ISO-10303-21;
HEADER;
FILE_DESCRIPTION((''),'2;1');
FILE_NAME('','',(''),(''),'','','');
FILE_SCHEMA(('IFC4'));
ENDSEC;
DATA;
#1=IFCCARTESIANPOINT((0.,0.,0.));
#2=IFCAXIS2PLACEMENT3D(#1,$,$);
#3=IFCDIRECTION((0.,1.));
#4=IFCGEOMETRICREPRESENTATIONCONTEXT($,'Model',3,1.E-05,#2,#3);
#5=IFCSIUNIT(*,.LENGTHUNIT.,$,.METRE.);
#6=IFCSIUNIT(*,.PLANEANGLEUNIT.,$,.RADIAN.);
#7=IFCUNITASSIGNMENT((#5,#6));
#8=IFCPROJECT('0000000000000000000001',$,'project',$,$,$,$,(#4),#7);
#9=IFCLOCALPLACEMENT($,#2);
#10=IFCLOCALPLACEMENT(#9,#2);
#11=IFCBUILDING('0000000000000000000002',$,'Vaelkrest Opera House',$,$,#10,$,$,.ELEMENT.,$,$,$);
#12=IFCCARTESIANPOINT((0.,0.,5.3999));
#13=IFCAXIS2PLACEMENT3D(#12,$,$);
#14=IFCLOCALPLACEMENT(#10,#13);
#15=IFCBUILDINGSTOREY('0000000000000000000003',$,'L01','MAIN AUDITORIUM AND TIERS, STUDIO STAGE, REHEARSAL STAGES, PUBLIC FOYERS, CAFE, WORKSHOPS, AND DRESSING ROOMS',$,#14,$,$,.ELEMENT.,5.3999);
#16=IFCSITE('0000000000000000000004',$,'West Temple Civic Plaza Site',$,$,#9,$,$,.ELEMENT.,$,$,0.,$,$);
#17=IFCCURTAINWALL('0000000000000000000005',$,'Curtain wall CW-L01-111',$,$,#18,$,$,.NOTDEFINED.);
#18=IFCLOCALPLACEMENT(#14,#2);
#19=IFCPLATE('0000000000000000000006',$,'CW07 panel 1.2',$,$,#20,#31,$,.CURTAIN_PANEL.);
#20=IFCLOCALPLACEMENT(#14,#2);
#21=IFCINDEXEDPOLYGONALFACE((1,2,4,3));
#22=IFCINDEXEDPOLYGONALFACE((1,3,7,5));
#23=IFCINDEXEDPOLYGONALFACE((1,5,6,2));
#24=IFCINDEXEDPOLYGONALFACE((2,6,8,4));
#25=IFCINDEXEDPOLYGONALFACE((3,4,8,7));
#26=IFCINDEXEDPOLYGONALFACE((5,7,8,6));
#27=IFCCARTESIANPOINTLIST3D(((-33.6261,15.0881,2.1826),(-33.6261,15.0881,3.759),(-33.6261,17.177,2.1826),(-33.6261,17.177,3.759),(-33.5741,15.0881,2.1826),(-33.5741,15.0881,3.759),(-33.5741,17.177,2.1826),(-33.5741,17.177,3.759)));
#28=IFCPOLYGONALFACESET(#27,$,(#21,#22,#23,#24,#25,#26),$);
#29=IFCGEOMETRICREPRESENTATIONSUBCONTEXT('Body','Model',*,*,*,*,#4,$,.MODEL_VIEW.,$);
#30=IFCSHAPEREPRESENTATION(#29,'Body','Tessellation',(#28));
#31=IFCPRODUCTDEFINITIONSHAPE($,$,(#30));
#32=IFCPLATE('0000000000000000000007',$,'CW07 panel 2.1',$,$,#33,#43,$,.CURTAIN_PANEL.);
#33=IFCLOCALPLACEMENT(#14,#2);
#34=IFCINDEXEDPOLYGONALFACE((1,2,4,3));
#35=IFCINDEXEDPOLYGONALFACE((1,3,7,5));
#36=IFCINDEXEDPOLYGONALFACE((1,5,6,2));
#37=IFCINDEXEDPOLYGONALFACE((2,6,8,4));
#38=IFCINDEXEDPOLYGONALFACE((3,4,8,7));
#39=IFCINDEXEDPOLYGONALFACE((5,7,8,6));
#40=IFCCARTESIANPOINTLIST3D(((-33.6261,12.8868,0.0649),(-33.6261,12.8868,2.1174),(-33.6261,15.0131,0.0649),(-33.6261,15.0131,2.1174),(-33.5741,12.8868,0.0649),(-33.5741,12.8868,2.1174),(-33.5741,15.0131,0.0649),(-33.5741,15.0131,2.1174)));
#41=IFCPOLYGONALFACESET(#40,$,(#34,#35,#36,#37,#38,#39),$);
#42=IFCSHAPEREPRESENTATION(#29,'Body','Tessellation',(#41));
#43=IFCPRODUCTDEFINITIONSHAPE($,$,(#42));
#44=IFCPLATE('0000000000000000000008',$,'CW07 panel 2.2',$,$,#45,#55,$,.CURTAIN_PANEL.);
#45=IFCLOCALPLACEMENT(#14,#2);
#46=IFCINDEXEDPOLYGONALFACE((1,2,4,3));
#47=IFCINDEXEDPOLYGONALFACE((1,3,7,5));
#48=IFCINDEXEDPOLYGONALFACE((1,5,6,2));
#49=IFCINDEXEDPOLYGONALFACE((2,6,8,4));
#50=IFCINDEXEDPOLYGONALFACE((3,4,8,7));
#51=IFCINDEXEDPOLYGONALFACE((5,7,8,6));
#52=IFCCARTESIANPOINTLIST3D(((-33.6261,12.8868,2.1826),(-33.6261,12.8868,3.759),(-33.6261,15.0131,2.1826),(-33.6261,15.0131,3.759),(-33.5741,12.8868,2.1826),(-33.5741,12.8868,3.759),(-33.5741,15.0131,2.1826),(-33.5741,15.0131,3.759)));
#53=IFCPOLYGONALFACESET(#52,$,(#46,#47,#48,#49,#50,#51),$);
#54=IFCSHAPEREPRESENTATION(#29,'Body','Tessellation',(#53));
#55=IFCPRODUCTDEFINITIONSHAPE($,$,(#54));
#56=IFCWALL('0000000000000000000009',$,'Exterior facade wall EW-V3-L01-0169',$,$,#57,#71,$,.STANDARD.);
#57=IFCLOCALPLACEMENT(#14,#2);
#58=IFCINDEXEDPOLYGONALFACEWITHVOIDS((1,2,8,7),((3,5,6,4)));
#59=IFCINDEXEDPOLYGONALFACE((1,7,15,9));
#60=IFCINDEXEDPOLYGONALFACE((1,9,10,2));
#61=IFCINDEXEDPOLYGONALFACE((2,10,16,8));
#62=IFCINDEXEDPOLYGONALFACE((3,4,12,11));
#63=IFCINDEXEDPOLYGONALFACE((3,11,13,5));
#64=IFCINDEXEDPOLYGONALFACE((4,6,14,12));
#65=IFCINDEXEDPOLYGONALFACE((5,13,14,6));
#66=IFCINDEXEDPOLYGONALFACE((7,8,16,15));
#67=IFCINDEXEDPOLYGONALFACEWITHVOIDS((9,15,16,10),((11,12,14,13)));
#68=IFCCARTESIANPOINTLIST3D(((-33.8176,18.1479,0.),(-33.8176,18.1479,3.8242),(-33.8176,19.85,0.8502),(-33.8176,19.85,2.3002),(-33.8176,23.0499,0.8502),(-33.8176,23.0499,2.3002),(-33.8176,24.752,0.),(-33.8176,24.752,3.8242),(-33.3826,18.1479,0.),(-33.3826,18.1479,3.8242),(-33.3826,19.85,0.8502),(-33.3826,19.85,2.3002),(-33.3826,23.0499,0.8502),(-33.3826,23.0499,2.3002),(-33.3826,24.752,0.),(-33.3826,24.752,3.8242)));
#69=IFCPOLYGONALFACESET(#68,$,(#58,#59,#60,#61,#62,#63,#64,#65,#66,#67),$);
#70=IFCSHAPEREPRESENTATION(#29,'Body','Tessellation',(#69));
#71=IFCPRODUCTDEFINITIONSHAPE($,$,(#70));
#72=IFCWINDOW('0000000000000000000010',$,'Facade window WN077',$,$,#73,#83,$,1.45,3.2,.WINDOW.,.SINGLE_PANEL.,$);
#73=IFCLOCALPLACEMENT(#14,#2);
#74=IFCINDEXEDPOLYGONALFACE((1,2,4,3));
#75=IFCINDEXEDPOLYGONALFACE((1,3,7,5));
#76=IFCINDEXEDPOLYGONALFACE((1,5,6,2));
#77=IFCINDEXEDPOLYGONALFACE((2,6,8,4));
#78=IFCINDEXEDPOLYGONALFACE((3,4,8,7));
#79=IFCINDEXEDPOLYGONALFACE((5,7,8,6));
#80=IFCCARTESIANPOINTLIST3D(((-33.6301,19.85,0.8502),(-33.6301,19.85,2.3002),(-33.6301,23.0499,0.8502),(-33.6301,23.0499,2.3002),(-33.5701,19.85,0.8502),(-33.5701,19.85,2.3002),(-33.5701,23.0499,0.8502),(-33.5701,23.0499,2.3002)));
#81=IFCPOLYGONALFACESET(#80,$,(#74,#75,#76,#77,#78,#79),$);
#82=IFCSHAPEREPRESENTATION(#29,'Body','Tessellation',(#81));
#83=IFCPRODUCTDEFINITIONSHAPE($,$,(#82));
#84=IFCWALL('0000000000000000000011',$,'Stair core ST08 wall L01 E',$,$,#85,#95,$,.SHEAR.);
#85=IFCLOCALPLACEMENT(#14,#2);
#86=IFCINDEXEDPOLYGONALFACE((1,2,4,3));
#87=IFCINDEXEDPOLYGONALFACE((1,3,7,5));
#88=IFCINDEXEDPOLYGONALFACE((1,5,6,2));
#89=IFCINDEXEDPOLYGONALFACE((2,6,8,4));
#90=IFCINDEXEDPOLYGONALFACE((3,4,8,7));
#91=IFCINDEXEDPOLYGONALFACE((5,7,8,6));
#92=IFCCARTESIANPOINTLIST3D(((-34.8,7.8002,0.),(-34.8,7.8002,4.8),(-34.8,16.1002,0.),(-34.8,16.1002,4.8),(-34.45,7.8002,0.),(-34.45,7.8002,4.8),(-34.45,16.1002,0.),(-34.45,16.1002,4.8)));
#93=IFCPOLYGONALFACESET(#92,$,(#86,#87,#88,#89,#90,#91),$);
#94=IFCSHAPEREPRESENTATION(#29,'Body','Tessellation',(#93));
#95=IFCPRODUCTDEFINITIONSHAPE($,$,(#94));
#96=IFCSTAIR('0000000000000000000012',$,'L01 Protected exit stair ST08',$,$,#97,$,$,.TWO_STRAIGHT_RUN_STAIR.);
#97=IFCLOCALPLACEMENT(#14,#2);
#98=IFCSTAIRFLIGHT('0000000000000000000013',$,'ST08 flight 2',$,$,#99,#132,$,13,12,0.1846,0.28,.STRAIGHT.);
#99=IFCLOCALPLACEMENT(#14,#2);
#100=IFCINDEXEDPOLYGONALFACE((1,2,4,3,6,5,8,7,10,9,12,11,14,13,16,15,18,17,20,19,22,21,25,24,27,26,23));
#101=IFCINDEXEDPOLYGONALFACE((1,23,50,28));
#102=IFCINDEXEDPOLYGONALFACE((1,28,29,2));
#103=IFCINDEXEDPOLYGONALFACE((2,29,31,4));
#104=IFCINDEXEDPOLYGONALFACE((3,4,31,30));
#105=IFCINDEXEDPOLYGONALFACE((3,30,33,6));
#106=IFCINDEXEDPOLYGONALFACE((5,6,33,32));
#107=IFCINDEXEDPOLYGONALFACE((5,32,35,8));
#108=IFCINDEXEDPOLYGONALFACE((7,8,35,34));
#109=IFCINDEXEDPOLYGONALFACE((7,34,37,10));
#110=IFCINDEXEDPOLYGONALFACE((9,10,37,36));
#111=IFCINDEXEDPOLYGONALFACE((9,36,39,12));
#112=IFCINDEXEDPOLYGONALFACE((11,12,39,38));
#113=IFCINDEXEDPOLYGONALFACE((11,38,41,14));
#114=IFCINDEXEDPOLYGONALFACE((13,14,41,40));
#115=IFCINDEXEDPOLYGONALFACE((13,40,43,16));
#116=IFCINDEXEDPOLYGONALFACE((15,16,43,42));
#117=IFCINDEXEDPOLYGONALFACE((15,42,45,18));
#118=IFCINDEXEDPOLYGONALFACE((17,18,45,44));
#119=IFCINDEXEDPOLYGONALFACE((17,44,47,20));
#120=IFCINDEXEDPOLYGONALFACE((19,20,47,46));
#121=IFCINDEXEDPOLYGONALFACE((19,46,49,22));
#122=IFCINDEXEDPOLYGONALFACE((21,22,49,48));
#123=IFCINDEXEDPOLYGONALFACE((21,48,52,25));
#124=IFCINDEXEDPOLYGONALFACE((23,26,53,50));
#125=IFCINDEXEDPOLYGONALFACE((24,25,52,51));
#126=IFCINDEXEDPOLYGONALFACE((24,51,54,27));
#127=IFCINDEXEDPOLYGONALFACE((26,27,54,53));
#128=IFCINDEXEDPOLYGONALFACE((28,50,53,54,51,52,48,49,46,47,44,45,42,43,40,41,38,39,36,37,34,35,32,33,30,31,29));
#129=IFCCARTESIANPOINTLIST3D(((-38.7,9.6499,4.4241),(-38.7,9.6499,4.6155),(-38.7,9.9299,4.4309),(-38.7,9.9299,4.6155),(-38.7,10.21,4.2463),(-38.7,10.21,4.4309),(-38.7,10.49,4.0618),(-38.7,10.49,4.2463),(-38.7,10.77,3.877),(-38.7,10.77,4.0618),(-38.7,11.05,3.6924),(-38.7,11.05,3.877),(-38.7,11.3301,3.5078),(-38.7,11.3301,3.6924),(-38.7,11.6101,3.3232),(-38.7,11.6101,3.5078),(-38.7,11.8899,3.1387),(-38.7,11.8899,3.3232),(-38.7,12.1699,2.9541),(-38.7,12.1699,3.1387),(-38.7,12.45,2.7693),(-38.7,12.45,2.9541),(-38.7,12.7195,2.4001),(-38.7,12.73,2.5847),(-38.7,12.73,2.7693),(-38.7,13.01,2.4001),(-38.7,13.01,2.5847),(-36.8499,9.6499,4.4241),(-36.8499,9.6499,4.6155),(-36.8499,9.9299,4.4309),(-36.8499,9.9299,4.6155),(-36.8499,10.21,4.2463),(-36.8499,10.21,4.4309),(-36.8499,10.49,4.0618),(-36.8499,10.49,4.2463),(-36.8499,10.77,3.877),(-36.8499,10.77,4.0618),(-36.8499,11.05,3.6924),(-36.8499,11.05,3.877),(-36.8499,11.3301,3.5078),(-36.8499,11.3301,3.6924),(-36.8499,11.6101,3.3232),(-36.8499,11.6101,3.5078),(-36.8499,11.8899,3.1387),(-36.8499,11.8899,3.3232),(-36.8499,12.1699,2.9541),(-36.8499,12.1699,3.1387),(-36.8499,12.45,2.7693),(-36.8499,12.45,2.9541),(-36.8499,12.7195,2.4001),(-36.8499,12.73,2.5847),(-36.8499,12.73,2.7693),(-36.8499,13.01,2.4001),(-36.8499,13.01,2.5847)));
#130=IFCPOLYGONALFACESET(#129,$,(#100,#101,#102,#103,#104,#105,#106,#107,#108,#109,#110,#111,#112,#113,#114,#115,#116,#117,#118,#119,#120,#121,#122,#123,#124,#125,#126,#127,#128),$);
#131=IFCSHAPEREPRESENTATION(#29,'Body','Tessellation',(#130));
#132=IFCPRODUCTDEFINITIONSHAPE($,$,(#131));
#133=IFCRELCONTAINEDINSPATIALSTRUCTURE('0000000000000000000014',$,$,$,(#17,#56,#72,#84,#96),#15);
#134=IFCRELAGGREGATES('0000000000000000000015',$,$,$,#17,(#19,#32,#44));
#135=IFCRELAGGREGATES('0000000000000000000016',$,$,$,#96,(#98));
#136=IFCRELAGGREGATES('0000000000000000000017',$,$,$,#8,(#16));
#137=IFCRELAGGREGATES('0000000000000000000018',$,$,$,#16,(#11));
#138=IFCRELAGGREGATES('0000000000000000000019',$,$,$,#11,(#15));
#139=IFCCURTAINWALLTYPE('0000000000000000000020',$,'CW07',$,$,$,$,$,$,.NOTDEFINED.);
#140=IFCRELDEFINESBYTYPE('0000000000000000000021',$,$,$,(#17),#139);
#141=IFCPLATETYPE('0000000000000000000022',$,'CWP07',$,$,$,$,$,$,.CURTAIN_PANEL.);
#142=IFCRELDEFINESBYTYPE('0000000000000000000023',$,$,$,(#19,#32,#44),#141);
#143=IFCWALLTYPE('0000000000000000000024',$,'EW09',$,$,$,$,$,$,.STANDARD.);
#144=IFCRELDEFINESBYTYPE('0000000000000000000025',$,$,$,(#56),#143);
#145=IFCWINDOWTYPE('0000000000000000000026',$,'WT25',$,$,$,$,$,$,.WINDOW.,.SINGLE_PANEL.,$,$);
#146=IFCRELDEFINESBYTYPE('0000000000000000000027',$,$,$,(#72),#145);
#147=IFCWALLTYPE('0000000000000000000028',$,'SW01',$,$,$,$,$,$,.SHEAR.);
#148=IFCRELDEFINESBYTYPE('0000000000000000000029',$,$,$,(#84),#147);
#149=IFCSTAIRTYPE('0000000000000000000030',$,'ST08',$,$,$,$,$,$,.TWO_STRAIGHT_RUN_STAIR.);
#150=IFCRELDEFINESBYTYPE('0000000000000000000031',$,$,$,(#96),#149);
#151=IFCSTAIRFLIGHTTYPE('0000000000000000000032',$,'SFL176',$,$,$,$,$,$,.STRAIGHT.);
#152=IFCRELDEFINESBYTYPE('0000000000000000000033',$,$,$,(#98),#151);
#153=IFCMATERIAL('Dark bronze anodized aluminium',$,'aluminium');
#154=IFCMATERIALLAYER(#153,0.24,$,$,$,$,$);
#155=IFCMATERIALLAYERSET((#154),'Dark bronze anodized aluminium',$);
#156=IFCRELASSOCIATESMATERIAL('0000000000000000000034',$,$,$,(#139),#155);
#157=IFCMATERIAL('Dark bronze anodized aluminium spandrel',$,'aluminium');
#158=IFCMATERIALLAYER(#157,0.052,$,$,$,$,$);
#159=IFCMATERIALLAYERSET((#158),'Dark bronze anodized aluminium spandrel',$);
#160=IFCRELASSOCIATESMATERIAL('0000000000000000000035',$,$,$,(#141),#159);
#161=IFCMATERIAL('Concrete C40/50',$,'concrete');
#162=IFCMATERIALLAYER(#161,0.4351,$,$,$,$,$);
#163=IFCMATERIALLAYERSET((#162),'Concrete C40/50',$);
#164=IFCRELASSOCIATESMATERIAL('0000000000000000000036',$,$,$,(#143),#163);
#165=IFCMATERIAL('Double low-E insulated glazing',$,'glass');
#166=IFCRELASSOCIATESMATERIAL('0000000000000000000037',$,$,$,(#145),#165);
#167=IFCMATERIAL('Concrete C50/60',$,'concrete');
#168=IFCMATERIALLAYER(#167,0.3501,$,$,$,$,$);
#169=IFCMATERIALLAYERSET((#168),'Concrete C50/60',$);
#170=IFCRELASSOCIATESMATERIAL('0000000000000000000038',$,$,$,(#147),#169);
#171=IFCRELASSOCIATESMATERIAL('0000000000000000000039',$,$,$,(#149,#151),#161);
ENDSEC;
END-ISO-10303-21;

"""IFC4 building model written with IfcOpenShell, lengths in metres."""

from ifc_helpers import new_model, si_unit, direction, frame, frame_2d, origin, origin_2d, place, context, subcontext, project, spatial, polyline, rectangle, outline, extrude, material, layer, layer_set, type_object, element, fill, aggregate, save


model = new_model("IFC4")

# Units and contexts
model_context = context("Model", 3, precision=1e-05, world=origin(), true_north=direction((0.0, 1.0)))
body_context = subcontext(model_context, "Body", "Model", "MODEL_VIEW")
ifc_project = project(units=[si_unit("LENGTHUNIT", "METRE"), si_unit("PLANEANGLEUNIT", "RADIAN")], contexts=[model_context])

# Site, building, storey
site_placement = place(None, origin())
site = spatial("IfcSite", under=ifc_project, at=site_placement, Name="West Temple Civic Plaza Site", CompositionType="ELEMENT", RefElevation=0.0)
building_placement = place(site_placement, origin())
building = spatial("IfcBuilding", under=site, at=building_placement, Name="Vaelkrest Opera House", CompositionType="ELEMENT")
storey_placement = place(building_placement, frame((0.0, 0.0, 5.3999)))
storey = spatial("IfcBuildingStorey", under=building, at=storey_placement, Name="L01", Description="MAIN AUDITORIUM AND TIERS, STUDIO STAGE, REHEARSAL STAGES, PUBLIC FOYERS, CAFE, WORKSHOPS, AND DRESSING ROOMS", CompositionType="ELEMENT", Elevation=5.3999)

# Shared definitions
ifc_material_1 = material(Name="Concrete C50/60", Category="concrete")

# Shared definitions
ifc_material_2 = material(Name="Dark bronze anodized aluminium", Category="aluminium")

# Curtain wall
ifc_layer_1 = layer(ifc_material_2, 0.24)
ifc_layer_set_1 = layer_set([ifc_layer_1], Name="Dark bronze anodized aluminium")
curtain_wall_type_1 = type_object("IfcCurtainWallType", Name="CW07", PredefinedType="NOTDEFINED", material=ifc_layer_set_1)
curtain_wall_1_placement = place(storey_placement, origin())
curtain_wall_1 = element("IfcCurtainWall", 1, at=curtain_wall_1_placement, inside=storey, type_object=curtain_wall_type_1, Name="Curtain wall CW-L01-111", PredefinedType="NOTDEFINED")

# Plates
ifc_material_3 = material(Name="Double low-E insulated glazing", Category="glass")
ifc_material_4 = material(Name="Dark bronze anodized aluminium spandrel", Category="aluminium")
ifc_layer_2 = layer(ifc_material_4, 0.052)
ifc_layer_set_2 = layer_set([ifc_layer_2], Name="Dark bronze anodized aluminium spandrel")
plate_type_1 = type_object("IfcPlateType", Name="CWP07", PredefinedType="CURTAIN_PANEL", material=ifc_layer_set_2)
plate_1_placement = place(storey_placement, frame((-33.6001, 16.1326, 2.1826), z_axis=(0.0, 0.0, 1.0), x_axis=(0.0, -1.0, 0.0)))
plate_1 = element("IfcPlate", 2, at=plate_1_placement, type_object=plate_type_1, Name="CW07 panel 1.2", PredefinedType="CURTAIN_PANEL", context=body_context, shape_type="SweptSolid", body=[
    extrude(rectangle(XDim=2.0889, YDim=0.052, at=origin_2d()), origin(), (0.0, 0.0, 1.0), 1.5764),
])
plate_2_placement = place(storey_placement, frame((-33.6001, 13.95, 0.0649), z_axis=(0.0, 0.0, 1.0), x_axis=(0.0, -1.0, 0.0)))
plate_2 = element("IfcPlate", 3, at=plate_2_placement, type_object=plate_type_1, Name="CW07 panel 2.1", PredefinedType="CURTAIN_PANEL", context=body_context, shape_type="SweptSolid", body=[
    extrude(rectangle(XDim=2.1262, YDim=0.052, at=origin_2d()), origin(), (0.0, 0.0, 1.0), 2.0525),
])
plate_3_placement = place(storey_placement, frame((-33.6001, 13.95, 2.1826), z_axis=(0.0, 0.0, 1.0), x_axis=(0.0, -1.0, 0.0)))
plate_3 = element("IfcPlate", 4, at=plate_3_placement, type_object=plate_type_1, Name="CW07 panel 2.2", PredefinedType="CURTAIN_PANEL", context=body_context, shape_type="SweptSolid", body=[
    extrude(rectangle(XDim=2.1262, YDim=0.052, at=origin_2d()), origin(), (0.0, 0.0, 1.0), 1.5764),
])
aggregate(curtain_wall_1, [plate_1, plate_2, plate_3])

# Wall, opening, window
ifc_material_5 = material(Name="Concrete C40/50", Category="concrete")
ifc_layer_3 = layer(ifc_material_5, 0.4351)
ifc_layer_set_3 = layer_set([ifc_layer_3], Name="Concrete C40/50")
wall_type_1 = type_object("IfcWallType", Name="EW09", PredefinedType="STANDARD", material=ifc_layer_set_3)
wall_1_placement = place(storey_placement, frame((-33.6001, 24.752, 0.0), z_axis=(0.0, 0.0, 1.0), x_axis=(0.0, -1.0, 0.0)))
wall_1 = element("IfcWall", 5, at=wall_1_placement, inside=storey, type_object=wall_type_1, Name="Exterior facade wall EW-V3-L01-0169", PredefinedType="STANDARD", context=body_context, shape_type="SweptSolid", body=[
    extrude(rectangle(XDim=6.604, YDim=0.4351, at=frame_2d((3.302, 0.0))), origin(), (0.0, 0.0, 1.0), 3.8242),
])
opening_placement = place(wall_1_placement, frame((1.7019, 0.0, 0.8501)))
opening = element("IfcOpeningElement", 6, at=opening_placement, cuts=wall_1, PredefinedType="OPENING", context=body_context, shape_type="SweptSolid", body=[
    extrude(rectangle(XDim=3.2, YDim=1.45, at=frame_2d((1.6001, 0.7251))), frame((0.0, 0.2275, 0.0), z_axis=(0.0, -1.0, 0.0), x_axis=(1.0, 0.0, 0.0)), (0.0, 0.0, 1.0), 0.4551),
])
window_type = type_object("IfcWindowType", Name="WT25", PartitioningType="SINGLE_PANEL", PredefinedType="WINDOW", material=ifc_material_3)
window_placement = place(opening_placement, origin())
window = element("IfcWindow", 7, at=window_placement, inside=storey, type_object=window_type, Name="Facade window WN077", OverallHeight=1.45, OverallWidth=3.2, PartitioningType="SINGLE_PANEL", PredefinedType="WINDOW", context=body_context, shape_type="SweptSolid", body=[
    extrude(rectangle(XDim=3.2, YDim=1.45, at=frame_2d((1.6001, 0.7251))), frame((0.0, 0.03, 0.0), z_axis=(0.0, -1.0, 0.0), x_axis=(1.0, 0.0, 0.0)), (0.0, 0.0, 1.0), 0.0601),
])
fill(opening, window)

# Wall
ifc_layer_4 = layer(ifc_material_1, 0.3501)
ifc_layer_set_4 = layer_set([ifc_layer_4], Name="Concrete C50/60")
wall_type_2 = type_object("IfcWallType", Name="SW01", PredefinedType="SHEAR", material=ifc_layer_set_4)
wall_2_placement = place(storey_placement, frame((-34.625, 16.1001, 0.0), z_axis=(0.0, 0.0, 1.0), x_axis=(0.0, -1.0, 0.0)))
element("IfcWall", 8, at=wall_2_placement, inside=storey, type_object=wall_type_2, Name="Stair core ST08 wall L01 E", PredefinedType="SHEAR", context=body_context, shape_type="SweptSolid", body=[
    extrude(rectangle(XDim=8.3, YDim=0.3501, at=frame_2d((4.1499, 0.0))), origin(), (0.0, 0.0, 1.0), 4.8),
])

# Stair, stair flight
stair_type = type_object("IfcStairType", Name="ST08", PredefinedType="TWO_STRAIGHT_RUN_STAIR", material=ifc_material_5)
stair_placement = place(storey_placement, origin())
stair = element("IfcStair", 9, at=stair_placement, inside=storey, type_object=stair_type, Name="L01 Protected exit stair ST08", PredefinedType="TWO_STRAIGHT_RUN_STAIR")
stair_flight_type = type_object("IfcStairFlightType", Name="SFL176", PredefinedType="STRAIGHT", material=ifc_material_5)
stair_flight_placement = place(storey_placement, frame((-37.7749, 13.01, 2.4001), z_axis=(0.0, 0.0, 1.0), x_axis=(0.0, -1.0, 0.0)))
stair_flight = element("IfcStairFlight", 10, at=stair_flight_placement, type_object=stair_flight_type, Name="ST08 flight 2", NumberOfRisers=13, NumberOfTreads=12, PredefinedType="STRAIGHT", RiserHeight=0.1846, TreadLength=0.28, context=body_context, shape_type="SweptSolid", body=[
    extrude(outline(polyline([(0.0, 0.0), (0.0, 0.1846), (0.28, 0.1846), (0.28, 0.3691), (0.5601, 0.3691), (0.5601, 0.554), (0.8401, 0.554), (0.8401, 0.7385), (1.1201, 0.7385), (1.1201, 0.9231), (1.3999, 0.9231), (1.3999, 1.1077), (1.6799, 1.1077), (1.6799, 1.2922), (1.96, 1.2922), (1.96, 1.4768), (2.24, 1.4768), (2.24, 1.6616), (2.52, 1.6616), (2.52, 1.8462), (2.8, 1.8462), (2.8, 2.0308), (3.0801, 2.0308), (3.0801, 2.2153), (3.3601, 2.2153), (3.3601, 2.3999), (3.3601, 2.0239), (0.2905, 0.0), (0.0, 0.0)])), frame((0.0, 0.925, 0.0), z_axis=(0.0, -1.0, 0.0), x_axis=(1.0, 0.0, 0.0)), (0.0, 0.0, 1.0), 1.8501),
])
aggregate(stair, [stair_flight])

save(model, "model.ifc")
